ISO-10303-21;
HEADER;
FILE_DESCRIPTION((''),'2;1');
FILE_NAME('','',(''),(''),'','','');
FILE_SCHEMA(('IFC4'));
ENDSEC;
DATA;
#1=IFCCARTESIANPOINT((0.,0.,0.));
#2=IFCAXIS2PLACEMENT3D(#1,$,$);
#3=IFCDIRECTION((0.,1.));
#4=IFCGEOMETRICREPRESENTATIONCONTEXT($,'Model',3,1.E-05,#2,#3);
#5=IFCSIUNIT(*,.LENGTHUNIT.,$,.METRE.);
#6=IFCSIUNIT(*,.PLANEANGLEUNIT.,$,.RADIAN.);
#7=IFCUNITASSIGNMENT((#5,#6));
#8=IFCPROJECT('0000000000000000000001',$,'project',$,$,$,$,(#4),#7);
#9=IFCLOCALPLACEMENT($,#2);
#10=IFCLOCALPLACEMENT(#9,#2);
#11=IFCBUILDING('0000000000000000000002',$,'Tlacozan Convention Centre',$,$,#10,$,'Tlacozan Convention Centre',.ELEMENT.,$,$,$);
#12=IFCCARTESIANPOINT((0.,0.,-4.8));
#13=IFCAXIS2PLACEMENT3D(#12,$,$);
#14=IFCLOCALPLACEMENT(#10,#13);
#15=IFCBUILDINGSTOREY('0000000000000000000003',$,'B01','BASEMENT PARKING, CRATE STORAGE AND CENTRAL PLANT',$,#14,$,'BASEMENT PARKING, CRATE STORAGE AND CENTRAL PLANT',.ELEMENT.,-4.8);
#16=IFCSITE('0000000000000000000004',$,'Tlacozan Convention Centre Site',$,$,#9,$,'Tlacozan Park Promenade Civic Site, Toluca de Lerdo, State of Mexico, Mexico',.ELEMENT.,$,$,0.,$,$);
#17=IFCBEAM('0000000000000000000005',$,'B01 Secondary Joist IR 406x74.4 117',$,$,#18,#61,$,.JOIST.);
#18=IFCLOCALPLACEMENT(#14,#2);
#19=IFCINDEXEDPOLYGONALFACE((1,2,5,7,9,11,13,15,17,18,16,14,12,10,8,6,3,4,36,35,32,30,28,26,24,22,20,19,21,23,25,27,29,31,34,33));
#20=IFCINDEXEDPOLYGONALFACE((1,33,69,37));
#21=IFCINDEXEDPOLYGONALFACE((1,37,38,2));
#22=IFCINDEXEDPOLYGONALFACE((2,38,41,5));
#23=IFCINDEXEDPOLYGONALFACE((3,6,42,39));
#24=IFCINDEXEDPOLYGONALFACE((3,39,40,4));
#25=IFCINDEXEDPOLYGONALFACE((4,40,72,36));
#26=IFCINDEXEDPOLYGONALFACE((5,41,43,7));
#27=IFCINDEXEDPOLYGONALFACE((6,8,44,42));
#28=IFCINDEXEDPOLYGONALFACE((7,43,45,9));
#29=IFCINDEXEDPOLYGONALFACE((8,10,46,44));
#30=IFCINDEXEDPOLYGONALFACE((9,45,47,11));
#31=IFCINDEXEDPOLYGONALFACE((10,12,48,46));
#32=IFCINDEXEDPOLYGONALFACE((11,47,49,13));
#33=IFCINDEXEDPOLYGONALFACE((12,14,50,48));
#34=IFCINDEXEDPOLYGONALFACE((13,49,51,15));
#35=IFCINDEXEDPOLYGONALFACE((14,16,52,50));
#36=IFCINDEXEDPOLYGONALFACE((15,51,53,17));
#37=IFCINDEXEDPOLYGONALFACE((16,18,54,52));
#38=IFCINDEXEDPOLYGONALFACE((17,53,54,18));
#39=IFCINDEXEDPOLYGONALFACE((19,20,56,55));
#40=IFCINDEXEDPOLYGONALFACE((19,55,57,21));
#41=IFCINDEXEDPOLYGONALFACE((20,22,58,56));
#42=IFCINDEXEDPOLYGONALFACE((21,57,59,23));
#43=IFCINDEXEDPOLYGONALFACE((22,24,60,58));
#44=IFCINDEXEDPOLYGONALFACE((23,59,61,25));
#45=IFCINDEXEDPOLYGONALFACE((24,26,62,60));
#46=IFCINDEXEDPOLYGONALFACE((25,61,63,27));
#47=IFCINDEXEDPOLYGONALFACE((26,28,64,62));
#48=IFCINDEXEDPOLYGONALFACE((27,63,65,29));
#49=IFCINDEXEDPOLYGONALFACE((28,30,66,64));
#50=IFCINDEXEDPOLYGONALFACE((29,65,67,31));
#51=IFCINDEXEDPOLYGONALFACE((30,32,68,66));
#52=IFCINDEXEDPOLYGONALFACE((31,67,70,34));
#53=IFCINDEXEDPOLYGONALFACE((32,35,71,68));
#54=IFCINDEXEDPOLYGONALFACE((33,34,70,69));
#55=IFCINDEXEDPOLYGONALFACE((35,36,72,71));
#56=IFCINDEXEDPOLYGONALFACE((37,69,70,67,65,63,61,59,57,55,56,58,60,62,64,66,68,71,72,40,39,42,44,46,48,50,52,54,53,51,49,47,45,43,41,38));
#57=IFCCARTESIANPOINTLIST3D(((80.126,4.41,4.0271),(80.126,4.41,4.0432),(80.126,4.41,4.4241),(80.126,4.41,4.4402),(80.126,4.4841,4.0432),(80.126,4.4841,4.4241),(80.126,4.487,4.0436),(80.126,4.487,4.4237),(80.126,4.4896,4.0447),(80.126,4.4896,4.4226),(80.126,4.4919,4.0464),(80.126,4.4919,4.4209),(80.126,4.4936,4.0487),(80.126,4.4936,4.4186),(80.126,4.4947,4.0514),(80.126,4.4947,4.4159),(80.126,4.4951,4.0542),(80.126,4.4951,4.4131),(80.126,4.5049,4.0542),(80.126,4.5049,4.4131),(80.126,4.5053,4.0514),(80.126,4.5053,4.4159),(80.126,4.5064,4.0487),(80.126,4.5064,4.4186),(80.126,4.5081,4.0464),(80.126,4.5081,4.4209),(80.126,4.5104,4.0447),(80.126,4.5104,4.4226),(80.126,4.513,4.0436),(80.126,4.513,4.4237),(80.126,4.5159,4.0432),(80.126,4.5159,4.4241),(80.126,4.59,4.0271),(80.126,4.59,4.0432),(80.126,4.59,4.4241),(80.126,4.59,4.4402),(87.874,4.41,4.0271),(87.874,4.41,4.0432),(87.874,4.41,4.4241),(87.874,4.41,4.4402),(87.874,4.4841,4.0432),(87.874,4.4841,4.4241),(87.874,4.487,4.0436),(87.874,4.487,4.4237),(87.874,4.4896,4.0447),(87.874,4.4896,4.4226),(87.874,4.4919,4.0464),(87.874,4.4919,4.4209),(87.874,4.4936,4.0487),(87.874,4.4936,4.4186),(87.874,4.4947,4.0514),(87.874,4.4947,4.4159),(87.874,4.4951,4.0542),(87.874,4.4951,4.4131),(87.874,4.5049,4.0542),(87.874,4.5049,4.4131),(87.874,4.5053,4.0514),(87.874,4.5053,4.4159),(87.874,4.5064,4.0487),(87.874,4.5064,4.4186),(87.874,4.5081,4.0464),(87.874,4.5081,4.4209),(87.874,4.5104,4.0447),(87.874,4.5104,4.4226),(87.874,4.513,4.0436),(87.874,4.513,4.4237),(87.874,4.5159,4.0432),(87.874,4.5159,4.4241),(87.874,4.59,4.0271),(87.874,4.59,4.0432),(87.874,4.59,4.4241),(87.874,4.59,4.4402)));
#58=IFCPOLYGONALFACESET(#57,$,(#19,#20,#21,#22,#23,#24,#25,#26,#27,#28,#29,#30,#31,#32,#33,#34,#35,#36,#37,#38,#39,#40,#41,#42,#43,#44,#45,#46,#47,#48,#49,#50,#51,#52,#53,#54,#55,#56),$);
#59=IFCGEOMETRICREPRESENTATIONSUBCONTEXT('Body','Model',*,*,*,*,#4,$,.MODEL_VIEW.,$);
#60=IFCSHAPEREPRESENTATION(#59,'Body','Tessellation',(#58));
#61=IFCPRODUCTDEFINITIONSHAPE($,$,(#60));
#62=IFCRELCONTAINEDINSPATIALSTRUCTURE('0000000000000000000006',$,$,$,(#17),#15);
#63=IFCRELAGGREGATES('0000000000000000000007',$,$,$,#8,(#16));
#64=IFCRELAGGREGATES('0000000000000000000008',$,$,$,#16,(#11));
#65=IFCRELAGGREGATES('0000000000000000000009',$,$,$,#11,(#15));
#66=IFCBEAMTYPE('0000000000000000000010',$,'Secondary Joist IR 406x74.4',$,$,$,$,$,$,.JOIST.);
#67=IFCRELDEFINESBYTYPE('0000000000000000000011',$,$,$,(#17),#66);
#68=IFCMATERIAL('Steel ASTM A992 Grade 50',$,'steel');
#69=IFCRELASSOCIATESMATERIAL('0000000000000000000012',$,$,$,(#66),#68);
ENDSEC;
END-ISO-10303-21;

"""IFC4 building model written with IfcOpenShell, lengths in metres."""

from ifc_helpers import new_model, si_unit, direction, frame, origin, origin_2d, place, context, subcontext, project, spatial, i_section, extrude, material, material_profile, profile_set, type_object, element, save


model = new_model("IFC4")

# Units and contexts
model_context = context("Model", 3, precision=1e-05, world=origin(), true_north=direction((0.0, 1.0)))
body_context = subcontext(model_context, "Body", "Model", "MODEL_VIEW")
ifc_project = project(units=[si_unit("LENGTHUNIT", "METRE"), si_unit("PLANEANGLEUNIT", "RADIAN")], contexts=[model_context])

# Site, building, storey
site_placement = place(None, origin())
site = spatial("IfcSite", under=ifc_project, at=site_placement, Name="Tlacozan Convention Centre Site", LongName="Tlacozan Park Promenade Civic Site, Toluca de Lerdo, State of Mexico, Mexico", CompositionType="ELEMENT", RefElevation=0.0)
building_placement = place(site_placement, origin())
building = spatial("IfcBuilding", under=site, at=building_placement, Name="Tlacozan Convention Centre", LongName="Tlacozan Convention Centre", CompositionType="ELEMENT")
storey_placement = place(building_placement, frame((0.0, 0.0, -4.8)))
storey = spatial("IfcBuildingStorey", under=building, at=storey_placement, Name="B01", Description="BASEMENT PARKING, CRATE STORAGE AND CENTRAL PLANT", LongName="BASEMENT PARKING, CRATE STORAGE AND CENTRAL PLANT", CompositionType="ELEMENT", Elevation=-4.8)

# Beam
ifc_material_1 = material(Name="Steel ASTM A992 Grade 50", Category="steel")
ifc_material_profile_1 = material_profile(ifc_material_1, i_section(OverallWidth=0.1799, OverallDepth=0.4131, WebThickness=0.0098, FlangeThickness=0.0161, FilletRadius=0.011, at=origin_2d()), Name="IR 406x74.4")
ifc_profile_set_1 = profile_set([ifc_material_profile_1], Name="Steel ASTM A992 Grade 50")
beam_type_1 = type_object("IfcBeamType", Name="Secondary Joist IR 406x74.4", PredefinedType="JOIST", material=ifc_profile_set_1)
for number, where, z_axis, x_axis, name in (
    (1, (80.126, 4.5, 4.2336), (1.0, 0.0, 0.0), (0.0, 1.0, 0.0), "B01 Secondary Joist IR 406x74.4 117"),
):
    element("IfcBeam", number, at=place(storey_placement, frame(where, z_axis=z_axis, x_axis=x_axis)), inside=storey, type_object=beam_type_1, Name=name, PredefinedType="JOIST", context=body_context, shape_type="SweptSolid", body=[
        extrude(i_section(OverallWidth=0.1799, OverallDepth=0.4131, WebThickness=0.0098, FlangeThickness=0.0161, FilletRadius=0.011, at=origin_2d()), origin(), (0.0, 0.0, 1.0), 7.748),
    ])

save(model, "model.ifc")
